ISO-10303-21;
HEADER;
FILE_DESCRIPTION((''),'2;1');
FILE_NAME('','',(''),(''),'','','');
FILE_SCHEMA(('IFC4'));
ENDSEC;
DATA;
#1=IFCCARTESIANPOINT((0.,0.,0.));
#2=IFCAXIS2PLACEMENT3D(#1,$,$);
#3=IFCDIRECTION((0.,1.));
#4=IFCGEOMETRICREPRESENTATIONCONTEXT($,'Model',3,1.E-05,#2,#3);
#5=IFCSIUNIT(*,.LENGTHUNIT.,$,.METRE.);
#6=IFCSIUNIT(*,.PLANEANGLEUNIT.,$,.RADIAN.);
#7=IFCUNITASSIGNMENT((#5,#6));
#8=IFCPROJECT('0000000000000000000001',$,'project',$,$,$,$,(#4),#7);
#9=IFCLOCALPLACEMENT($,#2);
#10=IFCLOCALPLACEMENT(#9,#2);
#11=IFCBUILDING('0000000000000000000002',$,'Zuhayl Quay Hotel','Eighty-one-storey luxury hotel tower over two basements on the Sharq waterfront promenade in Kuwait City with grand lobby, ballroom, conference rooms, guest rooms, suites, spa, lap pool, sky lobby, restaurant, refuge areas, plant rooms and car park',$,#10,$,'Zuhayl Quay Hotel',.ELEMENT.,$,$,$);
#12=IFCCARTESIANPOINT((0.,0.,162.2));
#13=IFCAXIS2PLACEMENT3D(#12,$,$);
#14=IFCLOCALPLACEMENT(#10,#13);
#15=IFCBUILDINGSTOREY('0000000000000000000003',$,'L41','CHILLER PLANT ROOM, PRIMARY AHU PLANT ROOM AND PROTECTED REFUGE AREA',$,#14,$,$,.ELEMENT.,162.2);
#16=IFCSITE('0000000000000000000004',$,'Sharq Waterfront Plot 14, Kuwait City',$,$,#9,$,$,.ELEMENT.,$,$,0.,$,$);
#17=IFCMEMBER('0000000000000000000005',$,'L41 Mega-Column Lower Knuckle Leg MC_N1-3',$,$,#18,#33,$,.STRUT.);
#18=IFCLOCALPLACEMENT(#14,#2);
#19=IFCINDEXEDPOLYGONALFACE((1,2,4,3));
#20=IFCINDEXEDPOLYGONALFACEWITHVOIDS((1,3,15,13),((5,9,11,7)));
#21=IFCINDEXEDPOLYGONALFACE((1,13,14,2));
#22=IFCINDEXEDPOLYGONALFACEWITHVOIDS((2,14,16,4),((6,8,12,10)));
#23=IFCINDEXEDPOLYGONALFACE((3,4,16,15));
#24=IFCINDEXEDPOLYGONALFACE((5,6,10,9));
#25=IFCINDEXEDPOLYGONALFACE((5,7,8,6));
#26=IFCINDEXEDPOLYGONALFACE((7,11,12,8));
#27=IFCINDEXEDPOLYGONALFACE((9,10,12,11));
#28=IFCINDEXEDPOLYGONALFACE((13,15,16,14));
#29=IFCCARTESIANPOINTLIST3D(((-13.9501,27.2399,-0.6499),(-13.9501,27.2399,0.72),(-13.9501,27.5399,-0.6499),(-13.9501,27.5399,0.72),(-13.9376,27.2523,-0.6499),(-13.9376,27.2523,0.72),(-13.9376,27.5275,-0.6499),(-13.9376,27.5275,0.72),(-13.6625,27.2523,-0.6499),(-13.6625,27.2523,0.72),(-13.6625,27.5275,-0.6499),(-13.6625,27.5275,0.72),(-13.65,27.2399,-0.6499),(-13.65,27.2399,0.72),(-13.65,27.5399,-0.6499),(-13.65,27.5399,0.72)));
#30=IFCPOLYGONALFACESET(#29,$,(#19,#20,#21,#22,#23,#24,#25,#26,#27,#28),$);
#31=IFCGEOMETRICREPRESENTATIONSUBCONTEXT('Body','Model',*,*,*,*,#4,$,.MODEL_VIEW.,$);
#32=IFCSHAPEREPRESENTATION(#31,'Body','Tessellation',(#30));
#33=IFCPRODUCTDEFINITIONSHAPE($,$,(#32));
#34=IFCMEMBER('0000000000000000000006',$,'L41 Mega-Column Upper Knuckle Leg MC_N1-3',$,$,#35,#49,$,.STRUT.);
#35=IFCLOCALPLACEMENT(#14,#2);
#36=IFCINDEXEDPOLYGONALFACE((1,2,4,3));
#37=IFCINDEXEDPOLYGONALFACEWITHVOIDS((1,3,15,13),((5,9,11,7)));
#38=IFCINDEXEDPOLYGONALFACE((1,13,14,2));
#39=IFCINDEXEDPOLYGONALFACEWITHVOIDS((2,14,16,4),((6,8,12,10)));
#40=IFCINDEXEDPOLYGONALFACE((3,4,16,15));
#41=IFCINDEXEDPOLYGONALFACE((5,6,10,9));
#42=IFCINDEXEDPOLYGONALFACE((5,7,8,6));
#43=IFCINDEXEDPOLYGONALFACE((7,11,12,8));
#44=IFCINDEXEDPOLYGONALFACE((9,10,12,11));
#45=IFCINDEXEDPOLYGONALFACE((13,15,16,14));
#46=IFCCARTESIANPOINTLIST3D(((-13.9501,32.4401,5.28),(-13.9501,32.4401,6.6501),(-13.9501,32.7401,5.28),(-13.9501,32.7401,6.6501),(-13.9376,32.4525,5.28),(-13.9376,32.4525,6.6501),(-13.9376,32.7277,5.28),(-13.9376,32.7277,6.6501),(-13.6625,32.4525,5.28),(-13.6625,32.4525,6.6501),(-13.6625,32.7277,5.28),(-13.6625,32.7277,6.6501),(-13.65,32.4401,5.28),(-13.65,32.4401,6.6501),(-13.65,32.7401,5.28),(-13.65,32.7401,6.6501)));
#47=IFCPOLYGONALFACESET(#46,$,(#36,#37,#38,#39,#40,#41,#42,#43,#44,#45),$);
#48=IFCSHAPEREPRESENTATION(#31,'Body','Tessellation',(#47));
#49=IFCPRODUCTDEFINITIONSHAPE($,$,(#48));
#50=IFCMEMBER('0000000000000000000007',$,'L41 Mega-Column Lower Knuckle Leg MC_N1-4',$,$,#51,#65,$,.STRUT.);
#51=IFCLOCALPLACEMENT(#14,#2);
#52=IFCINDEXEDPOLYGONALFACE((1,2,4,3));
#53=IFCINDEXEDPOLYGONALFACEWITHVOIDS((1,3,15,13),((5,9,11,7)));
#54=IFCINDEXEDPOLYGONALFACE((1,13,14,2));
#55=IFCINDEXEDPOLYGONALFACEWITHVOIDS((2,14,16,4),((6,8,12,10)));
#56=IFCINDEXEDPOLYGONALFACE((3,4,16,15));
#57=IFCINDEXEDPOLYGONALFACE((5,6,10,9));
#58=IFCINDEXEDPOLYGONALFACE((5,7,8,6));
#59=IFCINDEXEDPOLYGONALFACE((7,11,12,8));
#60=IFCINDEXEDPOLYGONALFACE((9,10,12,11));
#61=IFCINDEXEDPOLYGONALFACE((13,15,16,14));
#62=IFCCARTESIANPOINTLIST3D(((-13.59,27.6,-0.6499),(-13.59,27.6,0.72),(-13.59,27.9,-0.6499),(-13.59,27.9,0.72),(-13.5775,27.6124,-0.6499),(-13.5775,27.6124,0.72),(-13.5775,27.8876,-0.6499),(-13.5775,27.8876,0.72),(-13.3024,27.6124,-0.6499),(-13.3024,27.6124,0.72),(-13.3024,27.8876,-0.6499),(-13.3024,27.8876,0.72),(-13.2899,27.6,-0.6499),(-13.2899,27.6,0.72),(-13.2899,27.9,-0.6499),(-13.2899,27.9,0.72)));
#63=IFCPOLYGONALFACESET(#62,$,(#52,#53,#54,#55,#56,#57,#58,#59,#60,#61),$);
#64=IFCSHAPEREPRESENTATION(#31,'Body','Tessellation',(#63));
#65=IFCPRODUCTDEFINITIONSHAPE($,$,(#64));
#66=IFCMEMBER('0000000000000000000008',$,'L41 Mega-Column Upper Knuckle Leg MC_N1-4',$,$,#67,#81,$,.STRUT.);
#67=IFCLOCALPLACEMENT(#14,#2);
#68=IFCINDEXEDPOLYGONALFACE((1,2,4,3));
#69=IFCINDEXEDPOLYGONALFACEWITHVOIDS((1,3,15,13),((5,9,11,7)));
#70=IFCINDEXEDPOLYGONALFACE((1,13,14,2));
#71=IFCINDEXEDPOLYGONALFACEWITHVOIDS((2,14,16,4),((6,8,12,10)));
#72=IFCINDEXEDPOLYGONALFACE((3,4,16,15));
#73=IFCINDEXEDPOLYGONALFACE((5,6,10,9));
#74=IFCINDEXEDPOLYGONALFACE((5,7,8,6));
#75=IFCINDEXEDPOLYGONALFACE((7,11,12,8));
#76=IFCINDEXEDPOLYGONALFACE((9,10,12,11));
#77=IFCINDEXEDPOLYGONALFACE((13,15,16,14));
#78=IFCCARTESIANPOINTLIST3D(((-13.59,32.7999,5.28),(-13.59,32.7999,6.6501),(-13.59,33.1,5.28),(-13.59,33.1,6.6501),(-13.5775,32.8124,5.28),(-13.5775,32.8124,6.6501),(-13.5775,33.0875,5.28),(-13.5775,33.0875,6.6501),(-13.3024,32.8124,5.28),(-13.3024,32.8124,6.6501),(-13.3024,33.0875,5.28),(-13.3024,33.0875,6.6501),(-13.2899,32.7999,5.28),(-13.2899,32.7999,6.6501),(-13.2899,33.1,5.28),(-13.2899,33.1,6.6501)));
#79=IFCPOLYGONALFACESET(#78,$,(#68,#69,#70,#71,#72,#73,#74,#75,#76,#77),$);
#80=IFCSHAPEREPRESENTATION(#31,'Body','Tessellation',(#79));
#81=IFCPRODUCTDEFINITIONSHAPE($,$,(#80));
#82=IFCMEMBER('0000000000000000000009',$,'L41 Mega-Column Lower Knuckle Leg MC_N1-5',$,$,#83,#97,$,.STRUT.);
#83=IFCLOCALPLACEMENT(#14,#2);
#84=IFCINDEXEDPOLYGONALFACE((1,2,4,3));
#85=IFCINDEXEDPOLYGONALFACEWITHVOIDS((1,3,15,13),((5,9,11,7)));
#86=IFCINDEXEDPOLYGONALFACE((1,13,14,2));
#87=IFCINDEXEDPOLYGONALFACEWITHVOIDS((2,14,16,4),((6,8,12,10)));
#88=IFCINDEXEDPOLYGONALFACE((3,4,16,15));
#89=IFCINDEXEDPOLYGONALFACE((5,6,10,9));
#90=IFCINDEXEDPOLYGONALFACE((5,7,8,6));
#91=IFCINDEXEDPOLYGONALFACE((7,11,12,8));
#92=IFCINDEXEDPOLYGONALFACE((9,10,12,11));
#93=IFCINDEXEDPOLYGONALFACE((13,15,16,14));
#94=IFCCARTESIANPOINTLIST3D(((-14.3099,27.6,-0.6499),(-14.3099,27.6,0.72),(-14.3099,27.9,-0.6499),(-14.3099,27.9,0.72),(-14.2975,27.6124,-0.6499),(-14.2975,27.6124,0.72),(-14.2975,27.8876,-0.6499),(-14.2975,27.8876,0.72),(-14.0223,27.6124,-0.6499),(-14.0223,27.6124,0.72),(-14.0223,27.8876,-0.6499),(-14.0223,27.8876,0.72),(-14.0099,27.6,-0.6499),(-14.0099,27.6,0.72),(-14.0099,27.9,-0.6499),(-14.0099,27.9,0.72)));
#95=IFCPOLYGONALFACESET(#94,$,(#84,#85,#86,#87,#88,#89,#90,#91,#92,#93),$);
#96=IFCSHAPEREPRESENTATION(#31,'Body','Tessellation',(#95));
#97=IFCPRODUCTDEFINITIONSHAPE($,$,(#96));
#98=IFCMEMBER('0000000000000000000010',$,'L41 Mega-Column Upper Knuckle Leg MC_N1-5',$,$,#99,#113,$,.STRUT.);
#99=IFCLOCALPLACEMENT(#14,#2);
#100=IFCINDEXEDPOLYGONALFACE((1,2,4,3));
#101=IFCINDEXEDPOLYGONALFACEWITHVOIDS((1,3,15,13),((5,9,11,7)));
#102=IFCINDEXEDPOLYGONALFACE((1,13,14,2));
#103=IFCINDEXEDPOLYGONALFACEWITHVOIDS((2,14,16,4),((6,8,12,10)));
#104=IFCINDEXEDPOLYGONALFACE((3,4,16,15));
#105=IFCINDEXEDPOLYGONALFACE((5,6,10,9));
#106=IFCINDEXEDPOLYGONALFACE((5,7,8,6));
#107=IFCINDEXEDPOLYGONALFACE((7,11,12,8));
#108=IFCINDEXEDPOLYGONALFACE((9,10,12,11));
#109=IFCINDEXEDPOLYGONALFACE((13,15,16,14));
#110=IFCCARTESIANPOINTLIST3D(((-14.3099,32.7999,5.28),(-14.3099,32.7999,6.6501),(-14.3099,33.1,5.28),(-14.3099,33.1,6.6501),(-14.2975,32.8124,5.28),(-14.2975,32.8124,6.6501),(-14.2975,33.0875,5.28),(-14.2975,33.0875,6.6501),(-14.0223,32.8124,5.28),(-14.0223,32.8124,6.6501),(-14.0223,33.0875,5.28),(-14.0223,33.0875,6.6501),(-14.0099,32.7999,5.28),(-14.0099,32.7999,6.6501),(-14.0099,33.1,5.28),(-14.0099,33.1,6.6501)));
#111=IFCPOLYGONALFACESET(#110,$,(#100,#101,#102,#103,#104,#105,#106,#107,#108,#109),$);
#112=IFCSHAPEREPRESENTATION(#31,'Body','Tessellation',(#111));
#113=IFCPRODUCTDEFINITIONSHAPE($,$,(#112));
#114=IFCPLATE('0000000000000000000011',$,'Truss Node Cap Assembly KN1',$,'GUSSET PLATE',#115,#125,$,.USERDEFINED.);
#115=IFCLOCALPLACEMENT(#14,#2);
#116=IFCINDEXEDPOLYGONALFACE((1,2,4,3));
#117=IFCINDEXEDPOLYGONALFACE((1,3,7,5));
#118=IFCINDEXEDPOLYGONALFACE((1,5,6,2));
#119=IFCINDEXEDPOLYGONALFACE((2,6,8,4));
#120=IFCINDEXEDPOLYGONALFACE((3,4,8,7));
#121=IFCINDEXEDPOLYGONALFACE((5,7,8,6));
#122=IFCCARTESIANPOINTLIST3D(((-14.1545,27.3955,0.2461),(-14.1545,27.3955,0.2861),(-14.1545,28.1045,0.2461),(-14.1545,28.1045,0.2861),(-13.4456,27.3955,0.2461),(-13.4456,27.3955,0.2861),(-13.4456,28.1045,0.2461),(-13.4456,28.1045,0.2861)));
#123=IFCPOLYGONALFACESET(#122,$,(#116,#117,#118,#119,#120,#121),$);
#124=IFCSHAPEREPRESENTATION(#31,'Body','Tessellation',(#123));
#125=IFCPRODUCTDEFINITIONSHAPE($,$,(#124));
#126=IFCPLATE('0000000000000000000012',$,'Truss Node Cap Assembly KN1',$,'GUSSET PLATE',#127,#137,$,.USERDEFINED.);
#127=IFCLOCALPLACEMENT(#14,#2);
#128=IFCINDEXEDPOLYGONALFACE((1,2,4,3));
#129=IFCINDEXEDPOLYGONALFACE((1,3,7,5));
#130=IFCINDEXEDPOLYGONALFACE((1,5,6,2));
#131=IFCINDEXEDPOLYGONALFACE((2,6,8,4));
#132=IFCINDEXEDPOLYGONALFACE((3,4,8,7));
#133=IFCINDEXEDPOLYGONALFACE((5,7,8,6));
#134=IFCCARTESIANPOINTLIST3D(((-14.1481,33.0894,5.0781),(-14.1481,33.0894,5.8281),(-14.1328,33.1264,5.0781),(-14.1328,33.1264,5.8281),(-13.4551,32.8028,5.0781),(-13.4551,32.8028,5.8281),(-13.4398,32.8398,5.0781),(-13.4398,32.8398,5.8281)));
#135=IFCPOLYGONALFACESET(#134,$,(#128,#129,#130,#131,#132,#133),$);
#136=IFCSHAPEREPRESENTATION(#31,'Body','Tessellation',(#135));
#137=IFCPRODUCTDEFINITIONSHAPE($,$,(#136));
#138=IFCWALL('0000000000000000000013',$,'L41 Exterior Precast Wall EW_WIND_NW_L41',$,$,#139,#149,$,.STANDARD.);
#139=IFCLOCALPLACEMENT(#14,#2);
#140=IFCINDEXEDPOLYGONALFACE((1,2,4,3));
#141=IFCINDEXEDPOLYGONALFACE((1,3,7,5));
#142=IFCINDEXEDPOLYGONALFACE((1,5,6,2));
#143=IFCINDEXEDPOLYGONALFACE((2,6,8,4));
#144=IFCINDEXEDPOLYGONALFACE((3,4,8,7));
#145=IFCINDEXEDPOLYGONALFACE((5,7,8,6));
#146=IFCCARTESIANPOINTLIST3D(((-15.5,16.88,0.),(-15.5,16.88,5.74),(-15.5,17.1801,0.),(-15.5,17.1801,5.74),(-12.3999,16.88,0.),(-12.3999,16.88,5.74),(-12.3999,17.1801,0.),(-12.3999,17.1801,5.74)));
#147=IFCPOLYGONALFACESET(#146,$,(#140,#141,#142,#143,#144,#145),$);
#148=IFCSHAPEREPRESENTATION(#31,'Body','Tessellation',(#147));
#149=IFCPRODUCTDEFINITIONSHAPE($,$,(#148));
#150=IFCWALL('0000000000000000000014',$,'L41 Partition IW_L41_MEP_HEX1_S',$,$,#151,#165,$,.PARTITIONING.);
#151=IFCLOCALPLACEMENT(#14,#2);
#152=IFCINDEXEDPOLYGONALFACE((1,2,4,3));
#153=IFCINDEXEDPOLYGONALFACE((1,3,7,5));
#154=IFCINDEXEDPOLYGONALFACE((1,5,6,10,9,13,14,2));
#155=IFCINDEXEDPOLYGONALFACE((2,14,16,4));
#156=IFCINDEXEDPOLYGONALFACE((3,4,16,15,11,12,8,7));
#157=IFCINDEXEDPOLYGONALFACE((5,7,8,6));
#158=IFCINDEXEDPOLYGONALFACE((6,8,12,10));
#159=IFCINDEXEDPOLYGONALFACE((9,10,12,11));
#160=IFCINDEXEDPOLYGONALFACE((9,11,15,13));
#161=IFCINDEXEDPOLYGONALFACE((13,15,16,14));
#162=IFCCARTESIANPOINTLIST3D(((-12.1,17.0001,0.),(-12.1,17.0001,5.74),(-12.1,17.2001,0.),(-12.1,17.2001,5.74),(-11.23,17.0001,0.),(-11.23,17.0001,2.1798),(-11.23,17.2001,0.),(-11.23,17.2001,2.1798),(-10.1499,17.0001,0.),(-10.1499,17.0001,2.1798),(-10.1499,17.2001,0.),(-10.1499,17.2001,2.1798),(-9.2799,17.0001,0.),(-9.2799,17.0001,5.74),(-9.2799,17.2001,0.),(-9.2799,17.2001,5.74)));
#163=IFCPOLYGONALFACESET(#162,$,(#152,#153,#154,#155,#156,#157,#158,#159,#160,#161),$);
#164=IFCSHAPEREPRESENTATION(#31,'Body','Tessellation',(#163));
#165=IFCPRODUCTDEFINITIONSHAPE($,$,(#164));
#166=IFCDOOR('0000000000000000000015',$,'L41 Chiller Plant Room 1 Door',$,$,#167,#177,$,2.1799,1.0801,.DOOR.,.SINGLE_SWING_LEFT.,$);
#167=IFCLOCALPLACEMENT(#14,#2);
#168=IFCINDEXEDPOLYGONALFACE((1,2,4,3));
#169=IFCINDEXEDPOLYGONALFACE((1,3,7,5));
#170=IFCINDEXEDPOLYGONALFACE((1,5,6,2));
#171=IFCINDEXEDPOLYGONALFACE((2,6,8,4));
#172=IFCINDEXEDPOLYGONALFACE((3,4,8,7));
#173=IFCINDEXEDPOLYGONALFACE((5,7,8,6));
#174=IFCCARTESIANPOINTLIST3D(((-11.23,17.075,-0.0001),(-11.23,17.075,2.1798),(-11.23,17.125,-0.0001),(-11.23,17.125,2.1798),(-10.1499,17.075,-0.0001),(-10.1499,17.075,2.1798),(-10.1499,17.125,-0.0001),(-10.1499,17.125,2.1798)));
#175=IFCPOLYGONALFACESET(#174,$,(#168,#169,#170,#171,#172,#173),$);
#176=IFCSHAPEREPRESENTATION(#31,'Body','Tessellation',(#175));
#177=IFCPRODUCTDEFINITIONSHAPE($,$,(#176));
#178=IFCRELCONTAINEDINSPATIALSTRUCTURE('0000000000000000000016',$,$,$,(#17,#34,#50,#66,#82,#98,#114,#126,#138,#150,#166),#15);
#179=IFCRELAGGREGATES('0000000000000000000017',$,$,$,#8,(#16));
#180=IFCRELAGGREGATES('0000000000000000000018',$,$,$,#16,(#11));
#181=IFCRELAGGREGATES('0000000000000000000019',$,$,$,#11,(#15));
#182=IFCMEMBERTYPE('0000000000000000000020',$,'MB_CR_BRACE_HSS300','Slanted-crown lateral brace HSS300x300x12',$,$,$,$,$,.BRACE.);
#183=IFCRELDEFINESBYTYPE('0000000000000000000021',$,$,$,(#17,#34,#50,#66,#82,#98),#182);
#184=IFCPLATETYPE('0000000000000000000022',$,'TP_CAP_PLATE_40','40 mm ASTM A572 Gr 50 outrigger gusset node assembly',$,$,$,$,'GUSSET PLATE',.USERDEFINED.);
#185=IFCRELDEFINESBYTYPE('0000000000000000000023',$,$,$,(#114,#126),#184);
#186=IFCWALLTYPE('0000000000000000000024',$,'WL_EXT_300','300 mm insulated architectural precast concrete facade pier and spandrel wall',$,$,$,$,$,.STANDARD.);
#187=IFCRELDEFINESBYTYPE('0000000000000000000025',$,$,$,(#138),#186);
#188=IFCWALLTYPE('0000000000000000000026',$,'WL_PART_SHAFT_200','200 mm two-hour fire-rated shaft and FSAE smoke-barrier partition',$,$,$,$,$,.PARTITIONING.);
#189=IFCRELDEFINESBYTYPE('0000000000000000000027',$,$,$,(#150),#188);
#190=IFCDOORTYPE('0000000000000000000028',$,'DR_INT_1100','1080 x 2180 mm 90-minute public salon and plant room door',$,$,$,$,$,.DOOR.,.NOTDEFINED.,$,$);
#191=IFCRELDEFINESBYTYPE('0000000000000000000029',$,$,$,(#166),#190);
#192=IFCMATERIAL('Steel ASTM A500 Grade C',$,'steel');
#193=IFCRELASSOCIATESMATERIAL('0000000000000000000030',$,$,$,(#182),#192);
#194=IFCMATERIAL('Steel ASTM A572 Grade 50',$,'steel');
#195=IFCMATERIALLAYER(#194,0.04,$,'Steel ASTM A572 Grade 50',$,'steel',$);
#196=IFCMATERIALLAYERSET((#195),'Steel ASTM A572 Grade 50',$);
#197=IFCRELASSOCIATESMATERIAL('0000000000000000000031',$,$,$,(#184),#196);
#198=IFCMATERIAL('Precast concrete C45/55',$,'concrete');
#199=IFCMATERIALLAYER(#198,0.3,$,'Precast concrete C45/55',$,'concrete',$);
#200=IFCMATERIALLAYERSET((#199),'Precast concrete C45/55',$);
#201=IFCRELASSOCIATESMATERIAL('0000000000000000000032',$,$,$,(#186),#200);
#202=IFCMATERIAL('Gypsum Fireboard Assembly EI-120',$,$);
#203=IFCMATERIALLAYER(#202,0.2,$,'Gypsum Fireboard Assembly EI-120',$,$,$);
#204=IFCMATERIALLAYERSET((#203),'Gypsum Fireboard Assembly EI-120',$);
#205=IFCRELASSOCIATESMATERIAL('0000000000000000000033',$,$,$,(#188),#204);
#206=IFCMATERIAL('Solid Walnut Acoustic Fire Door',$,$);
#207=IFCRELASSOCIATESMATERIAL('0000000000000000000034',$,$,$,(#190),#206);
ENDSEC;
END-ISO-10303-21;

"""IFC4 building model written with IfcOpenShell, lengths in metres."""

from ifc_helpers import new_model, si_unit, direction, frame, frame_2d, origin, origin_2d, place, context, subcontext, project, spatial, rectangle, hollow_rectangle, extrude, material, layer, layer_set, material_profile, profile_set, type_object, element, fill, save


model = new_model("IFC4")

# Units and contexts
model_context = context("Model", 3, precision=1e-05, world=origin(), true_north=direction((0.0, 1.0)))
body_context = subcontext(model_context, "Body", "Model", "MODEL_VIEW")
ifc_project = project(units=[si_unit("LENGTHUNIT", "METRE"), si_unit("PLANEANGLEUNIT", "RADIAN")], contexts=[model_context])

# Site, building, storey
site_placement = place(None, origin())
site = spatial("IfcSite", under=ifc_project, at=site_placement, Name="Sharq Waterfront Plot 14, Kuwait City", CompositionType="ELEMENT", RefElevation=0.0)
building_placement = place(site_placement, origin())
building = spatial("IfcBuilding", under=site, at=building_placement, Name="Zuhayl Quay Hotel", Description="Eighty-one-storey luxury hotel tower over two basements on the Sharq waterfront promenade in Kuwait City with grand lobby, ballroom, conference rooms, guest rooms, suites, spa, lap pool, sky lobby, restaurant, refuge areas, plant rooms and car park", LongName="Zuhayl Quay Hotel", CompositionType="ELEMENT")
storey_placement = place(building_placement, frame((0.0, 0.0, 162.2)))
storey = spatial("IfcBuildingStorey", under=building, at=storey_placement, Name="L41", Description="CHILLER PLANT ROOM, PRIMARY AHU PLANT ROOM AND PROTECTED REFUGE AREA", CompositionType="ELEMENT", Elevation=162.2)

# Members
ifc_material_1 = material(Name="Steel ASTM A500 Grade C", Category="steel")
ifc_material_profile_1 = material_profile(ifc_material_1, hollow_rectangle(XDim=0.3, YDim=0.3, WallThickness=0.0125, at=origin_2d()), Name="HSS300X300X12")
ifc_profile_set_1 = profile_set([ifc_material_profile_1], Name="Steel ASTM A500 Grade C")
member_type_1 = type_object("IfcMemberType", Name="MB_CR_BRACE_HSS300", Description="Slanted-crown lateral brace HSS300x300x12", PredefinedType="BRACE", material=ifc_profile_set_1)
member_1_placement = place(storey_placement, frame((-13.8, 27.3899, -0.6499), z_axis=(0.0, 0.0, 1.0), x_axis=(1.0, 0.0, 0.0)))
element("IfcMember", 1, at=member_1_placement, inside=storey, type_object=member_type_1, Name="L41 Mega-Column Lower Knuckle Leg MC_N1-3", PredefinedType="STRUT", context=body_context, shape_type="SweptSolid", body=[
    extrude(hollow_rectangle(XDim=0.3, YDim=0.3, WallThickness=0.0125, at=origin_2d()), origin(), (0.0, 0.0, 1.0), 1.3699),
])
member_2_placement = place(storey_placement, frame((-13.8, 32.5901, 5.28), z_axis=(0.0, 0.0, 1.0), x_axis=(1.0, 0.0, 0.0)))
element("IfcMember", 2, at=member_2_placement, inside=storey, type_object=member_type_1, Name="L41 Mega-Column Upper Knuckle Leg MC_N1-3", PredefinedType="STRUT", context=body_context, shape_type="SweptSolid", body=[
    extrude(hollow_rectangle(XDim=0.3, YDim=0.3, WallThickness=0.0125, at=origin_2d()), origin(), (0.0, 0.0, 1.0), 1.3701),
])
member_3_placement = place(storey_placement, frame((-13.4399, 27.75, -0.6499), z_axis=(0.0, 0.0, 1.0), x_axis=(1.0, 0.0, 0.0)))
element("IfcMember", 3, at=member_3_placement, inside=storey, type_object=member_type_1, Name="L41 Mega-Column Lower Knuckle Leg MC_N1-4", PredefinedType="STRUT", context=body_context, shape_type="SweptSolid", body=[
    extrude(hollow_rectangle(XDim=0.3, YDim=0.3, WallThickness=0.0125, at=origin_2d()), origin(), (0.0, 0.0, 1.0), 1.3699),
])
member_4_placement = place(storey_placement, frame((-13.4399, 32.95, 5.28), z_axis=(0.0, 0.0, 1.0), x_axis=(1.0, 0.0, 0.0)))
element("IfcMember", 4, at=member_4_placement, inside=storey, type_object=member_type_1, Name="L41 Mega-Column Upper Knuckle Leg MC_N1-4", PredefinedType="STRUT", context=body_context, shape_type="SweptSolid", body=[
    extrude(hollow_rectangle(XDim=0.3, YDim=0.3, WallThickness=0.0125, at=origin_2d()), origin(), (0.0, 0.0, 1.0), 1.3701),
])
member_5_placement = place(storey_placement, frame((-14.1599, 27.75, -0.6499), z_axis=(0.0, 0.0, 1.0), x_axis=(1.0, 0.0, 0.0)))
element("IfcMember", 5, at=member_5_placement, inside=storey, type_object=member_type_1, Name="L41 Mega-Column Lower Knuckle Leg MC_N1-5", PredefinedType="STRUT", context=body_context, shape_type="SweptSolid", body=[
    extrude(hollow_rectangle(XDim=0.3, YDim=0.3, WallThickness=0.0125, at=origin_2d()), origin(), (0.0, 0.0, 1.0), 1.3699),
])
member_6_placement = place(storey_placement, frame((-14.1599, 32.95, 5.28), z_axis=(0.0, 0.0, 1.0), x_axis=(1.0, 0.0, 0.0)))
element("IfcMember", 6, at=member_6_placement, inside=storey, type_object=member_type_1, Name="L41 Mega-Column Upper Knuckle Leg MC_N1-5", PredefinedType="STRUT", context=body_context, shape_type="SweptSolid", body=[
    extrude(hollow_rectangle(XDim=0.3, YDim=0.3, WallThickness=0.0125, at=origin_2d()), origin(), (0.0, 0.0, 1.0), 1.3701),
])

# Plates
ifc_material_2 = material(Name="Steel ASTM A572 Grade 50", Category="steel")
ifc_layer_1 = layer(ifc_material_2, 0.04, Name="Steel ASTM A572 Grade 50", Category="steel")
ifc_layer_set_1 = layer_set([ifc_layer_1], Name="Steel ASTM A572 Grade 50")
plate_type = type_object("IfcPlateType", Name="TP_CAP_PLATE_40", Description="40 mm ASTM A572 Gr 50 outrigger gusset node assembly", ElementType="GUSSET PLATE", PredefinedType="USERDEFINED", material=ifc_layer_set_1)
plate_1_placement = place(storey_placement, frame((-13.8, 27.75, 0.2461), z_axis=(0.0, 0.0, 1.0), x_axis=(1.0, 0.0, 0.0)))
element("IfcPlate", 7, at=plate_1_placement, inside=storey, type_object=plate_type, Name="Truss Node Cap Assembly KN1", ObjectType="GUSSET PLATE", PredefinedType="USERDEFINED", context=body_context, shape_type="SweptSolid", body=[
    extrude(rectangle(XDim=0.709, YDim=0.709, at=origin_2d()), origin(), (0.0, 0.0, 1.0), 0.04),
])
plate_2_placement = place(storey_placement, frame((-13.7939, 32.9646, 5.0781), z_axis=(0.0, 0.0, 1.0), x_axis=(0.3822, 0.92408, 0.0)))
element("IfcPlate", 8, at=plate_2_placement, inside=storey, type_object=plate_type, Name="Truss Node Cap Assembly KN1", ObjectType="GUSSET PLATE", PredefinedType="USERDEFINED", context=body_context, shape_type="SweptSolid", body=[
    extrude(rectangle(XDim=0.04, YDim=0.75, at=origin_2d()), origin(), (0.0, 0.0, 1.0), 0.75),
])

# Wall
ifc_material_3 = material(Name="Precast concrete C45/55", Category="concrete")
ifc_layer_2 = layer(ifc_material_3, 0.3, Name="Precast concrete C45/55", Category="concrete")
ifc_layer_set_2 = layer_set([ifc_layer_2], Name="Precast concrete C45/55")
wall_type_1 = type_object("IfcWallType", Name="WL_EXT_300", Description="300 mm insulated architectural precast concrete facade pier and spandrel wall", PredefinedType="STANDARD", material=ifc_layer_set_2)
wall_1_placement = place(storey_placement, frame((-15.5, 17.03, 0.0), z_axis=(0.0, 0.0, 1.0), x_axis=(1.0, 0.0, 0.0)))
element("IfcWall", 9, at=wall_1_placement, inside=storey, type_object=wall_type_1, Name="L41 Exterior Precast Wall EW_WIND_NW_L41", PredefinedType="STANDARD", context=body_context, shape_type="SweptSolid", body=[
    extrude(rectangle(XDim=3.1001, YDim=0.3, at=frame_2d((1.55, 0.0))), origin(), (0.0, 0.0, 1.0), 5.74),
])

# Wall, opening, door
ifc_material_4 = material(Name="Gypsum Fireboard Assembly EI-120")
ifc_layer_3 = layer(ifc_material_4, 0.2, Name="Gypsum Fireboard Assembly EI-120")
ifc_layer_set_3 = layer_set([ifc_layer_3], Name="Gypsum Fireboard Assembly EI-120")
wall_type_2 = type_object("IfcWallType", Name="WL_PART_SHAFT_200", Description="200 mm two-hour fire-rated shaft and FSAE smoke-barrier partition", PredefinedType="PARTITIONING", material=ifc_layer_set_3)
wall_2_placement = place(storey_placement, frame((-12.1001, 17.1001, 0.0), z_axis=(0.0, 0.0, 1.0), x_axis=(1.0, 0.0, 0.0)))
wall_2 = element("IfcWall", 10, at=wall_2_placement, inside=storey, type_object=wall_type_2, Name="L41 Partition IW_L41_MEP_HEX1_S", PredefinedType="PARTITIONING", context=body_context, shape_type="SweptSolid", body=[
    extrude(rectangle(XDim=2.8201, YDim=0.2, at=frame_2d((1.4102, 0.0))), origin(), (0.0, 0.0, 1.0), 5.74),
])
opening_placement = place(wall_2_placement, frame((0.8701, 0.0, 0.0)))
opening = element("IfcOpeningElement", 11, at=opening_placement, cuts=wall_2, PredefinedType="OPENING", context=body_context, shape_type="SweptSolid", body=[
    extrude(rectangle(XDim=1.0801, YDim=2.1799, at=frame_2d((0.54, 1.0898))), frame((0.0, 0.1099, 0.0), z_axis=(0.0, -1.0, 0.0), x_axis=(1.0, 0.0, 0.0)), (0.0, 0.0, 1.0), 0.22),
])
ifc_material_5 = material(Name="Solid Walnut Acoustic Fire Door")
door_type = type_object("IfcDoorType", Name="DR_INT_1100", Description="1080 x 2180 mm 90-minute public salon and plant room door", OperationType="NOTDEFINED", PredefinedType="DOOR", material=ifc_material_5)
door_placement = place(opening_placement, origin())
door = element("IfcDoor", 12, at=door_placement, inside=storey, type_object=door_type, Name="L41 Chiller Plant Room 1 Door", OperationType="SINGLE_SWING_LEFT", OverallHeight=2.1799, OverallWidth=1.0801, PredefinedType="DOOR", context=body_context, shape_type="SweptSolid", body=[
    extrude(rectangle(XDim=1.0801, YDim=2.1799, at=frame_2d((0.54, 1.0898))), frame((0.0, 0.0249, 0.0), z_axis=(0.0, -1.0, 0.0), x_axis=(1.0, 0.0, 0.0)), (0.0, 0.0, 1.0), 0.05),
])
fill(opening, door)

save(model, "model.ifc")
